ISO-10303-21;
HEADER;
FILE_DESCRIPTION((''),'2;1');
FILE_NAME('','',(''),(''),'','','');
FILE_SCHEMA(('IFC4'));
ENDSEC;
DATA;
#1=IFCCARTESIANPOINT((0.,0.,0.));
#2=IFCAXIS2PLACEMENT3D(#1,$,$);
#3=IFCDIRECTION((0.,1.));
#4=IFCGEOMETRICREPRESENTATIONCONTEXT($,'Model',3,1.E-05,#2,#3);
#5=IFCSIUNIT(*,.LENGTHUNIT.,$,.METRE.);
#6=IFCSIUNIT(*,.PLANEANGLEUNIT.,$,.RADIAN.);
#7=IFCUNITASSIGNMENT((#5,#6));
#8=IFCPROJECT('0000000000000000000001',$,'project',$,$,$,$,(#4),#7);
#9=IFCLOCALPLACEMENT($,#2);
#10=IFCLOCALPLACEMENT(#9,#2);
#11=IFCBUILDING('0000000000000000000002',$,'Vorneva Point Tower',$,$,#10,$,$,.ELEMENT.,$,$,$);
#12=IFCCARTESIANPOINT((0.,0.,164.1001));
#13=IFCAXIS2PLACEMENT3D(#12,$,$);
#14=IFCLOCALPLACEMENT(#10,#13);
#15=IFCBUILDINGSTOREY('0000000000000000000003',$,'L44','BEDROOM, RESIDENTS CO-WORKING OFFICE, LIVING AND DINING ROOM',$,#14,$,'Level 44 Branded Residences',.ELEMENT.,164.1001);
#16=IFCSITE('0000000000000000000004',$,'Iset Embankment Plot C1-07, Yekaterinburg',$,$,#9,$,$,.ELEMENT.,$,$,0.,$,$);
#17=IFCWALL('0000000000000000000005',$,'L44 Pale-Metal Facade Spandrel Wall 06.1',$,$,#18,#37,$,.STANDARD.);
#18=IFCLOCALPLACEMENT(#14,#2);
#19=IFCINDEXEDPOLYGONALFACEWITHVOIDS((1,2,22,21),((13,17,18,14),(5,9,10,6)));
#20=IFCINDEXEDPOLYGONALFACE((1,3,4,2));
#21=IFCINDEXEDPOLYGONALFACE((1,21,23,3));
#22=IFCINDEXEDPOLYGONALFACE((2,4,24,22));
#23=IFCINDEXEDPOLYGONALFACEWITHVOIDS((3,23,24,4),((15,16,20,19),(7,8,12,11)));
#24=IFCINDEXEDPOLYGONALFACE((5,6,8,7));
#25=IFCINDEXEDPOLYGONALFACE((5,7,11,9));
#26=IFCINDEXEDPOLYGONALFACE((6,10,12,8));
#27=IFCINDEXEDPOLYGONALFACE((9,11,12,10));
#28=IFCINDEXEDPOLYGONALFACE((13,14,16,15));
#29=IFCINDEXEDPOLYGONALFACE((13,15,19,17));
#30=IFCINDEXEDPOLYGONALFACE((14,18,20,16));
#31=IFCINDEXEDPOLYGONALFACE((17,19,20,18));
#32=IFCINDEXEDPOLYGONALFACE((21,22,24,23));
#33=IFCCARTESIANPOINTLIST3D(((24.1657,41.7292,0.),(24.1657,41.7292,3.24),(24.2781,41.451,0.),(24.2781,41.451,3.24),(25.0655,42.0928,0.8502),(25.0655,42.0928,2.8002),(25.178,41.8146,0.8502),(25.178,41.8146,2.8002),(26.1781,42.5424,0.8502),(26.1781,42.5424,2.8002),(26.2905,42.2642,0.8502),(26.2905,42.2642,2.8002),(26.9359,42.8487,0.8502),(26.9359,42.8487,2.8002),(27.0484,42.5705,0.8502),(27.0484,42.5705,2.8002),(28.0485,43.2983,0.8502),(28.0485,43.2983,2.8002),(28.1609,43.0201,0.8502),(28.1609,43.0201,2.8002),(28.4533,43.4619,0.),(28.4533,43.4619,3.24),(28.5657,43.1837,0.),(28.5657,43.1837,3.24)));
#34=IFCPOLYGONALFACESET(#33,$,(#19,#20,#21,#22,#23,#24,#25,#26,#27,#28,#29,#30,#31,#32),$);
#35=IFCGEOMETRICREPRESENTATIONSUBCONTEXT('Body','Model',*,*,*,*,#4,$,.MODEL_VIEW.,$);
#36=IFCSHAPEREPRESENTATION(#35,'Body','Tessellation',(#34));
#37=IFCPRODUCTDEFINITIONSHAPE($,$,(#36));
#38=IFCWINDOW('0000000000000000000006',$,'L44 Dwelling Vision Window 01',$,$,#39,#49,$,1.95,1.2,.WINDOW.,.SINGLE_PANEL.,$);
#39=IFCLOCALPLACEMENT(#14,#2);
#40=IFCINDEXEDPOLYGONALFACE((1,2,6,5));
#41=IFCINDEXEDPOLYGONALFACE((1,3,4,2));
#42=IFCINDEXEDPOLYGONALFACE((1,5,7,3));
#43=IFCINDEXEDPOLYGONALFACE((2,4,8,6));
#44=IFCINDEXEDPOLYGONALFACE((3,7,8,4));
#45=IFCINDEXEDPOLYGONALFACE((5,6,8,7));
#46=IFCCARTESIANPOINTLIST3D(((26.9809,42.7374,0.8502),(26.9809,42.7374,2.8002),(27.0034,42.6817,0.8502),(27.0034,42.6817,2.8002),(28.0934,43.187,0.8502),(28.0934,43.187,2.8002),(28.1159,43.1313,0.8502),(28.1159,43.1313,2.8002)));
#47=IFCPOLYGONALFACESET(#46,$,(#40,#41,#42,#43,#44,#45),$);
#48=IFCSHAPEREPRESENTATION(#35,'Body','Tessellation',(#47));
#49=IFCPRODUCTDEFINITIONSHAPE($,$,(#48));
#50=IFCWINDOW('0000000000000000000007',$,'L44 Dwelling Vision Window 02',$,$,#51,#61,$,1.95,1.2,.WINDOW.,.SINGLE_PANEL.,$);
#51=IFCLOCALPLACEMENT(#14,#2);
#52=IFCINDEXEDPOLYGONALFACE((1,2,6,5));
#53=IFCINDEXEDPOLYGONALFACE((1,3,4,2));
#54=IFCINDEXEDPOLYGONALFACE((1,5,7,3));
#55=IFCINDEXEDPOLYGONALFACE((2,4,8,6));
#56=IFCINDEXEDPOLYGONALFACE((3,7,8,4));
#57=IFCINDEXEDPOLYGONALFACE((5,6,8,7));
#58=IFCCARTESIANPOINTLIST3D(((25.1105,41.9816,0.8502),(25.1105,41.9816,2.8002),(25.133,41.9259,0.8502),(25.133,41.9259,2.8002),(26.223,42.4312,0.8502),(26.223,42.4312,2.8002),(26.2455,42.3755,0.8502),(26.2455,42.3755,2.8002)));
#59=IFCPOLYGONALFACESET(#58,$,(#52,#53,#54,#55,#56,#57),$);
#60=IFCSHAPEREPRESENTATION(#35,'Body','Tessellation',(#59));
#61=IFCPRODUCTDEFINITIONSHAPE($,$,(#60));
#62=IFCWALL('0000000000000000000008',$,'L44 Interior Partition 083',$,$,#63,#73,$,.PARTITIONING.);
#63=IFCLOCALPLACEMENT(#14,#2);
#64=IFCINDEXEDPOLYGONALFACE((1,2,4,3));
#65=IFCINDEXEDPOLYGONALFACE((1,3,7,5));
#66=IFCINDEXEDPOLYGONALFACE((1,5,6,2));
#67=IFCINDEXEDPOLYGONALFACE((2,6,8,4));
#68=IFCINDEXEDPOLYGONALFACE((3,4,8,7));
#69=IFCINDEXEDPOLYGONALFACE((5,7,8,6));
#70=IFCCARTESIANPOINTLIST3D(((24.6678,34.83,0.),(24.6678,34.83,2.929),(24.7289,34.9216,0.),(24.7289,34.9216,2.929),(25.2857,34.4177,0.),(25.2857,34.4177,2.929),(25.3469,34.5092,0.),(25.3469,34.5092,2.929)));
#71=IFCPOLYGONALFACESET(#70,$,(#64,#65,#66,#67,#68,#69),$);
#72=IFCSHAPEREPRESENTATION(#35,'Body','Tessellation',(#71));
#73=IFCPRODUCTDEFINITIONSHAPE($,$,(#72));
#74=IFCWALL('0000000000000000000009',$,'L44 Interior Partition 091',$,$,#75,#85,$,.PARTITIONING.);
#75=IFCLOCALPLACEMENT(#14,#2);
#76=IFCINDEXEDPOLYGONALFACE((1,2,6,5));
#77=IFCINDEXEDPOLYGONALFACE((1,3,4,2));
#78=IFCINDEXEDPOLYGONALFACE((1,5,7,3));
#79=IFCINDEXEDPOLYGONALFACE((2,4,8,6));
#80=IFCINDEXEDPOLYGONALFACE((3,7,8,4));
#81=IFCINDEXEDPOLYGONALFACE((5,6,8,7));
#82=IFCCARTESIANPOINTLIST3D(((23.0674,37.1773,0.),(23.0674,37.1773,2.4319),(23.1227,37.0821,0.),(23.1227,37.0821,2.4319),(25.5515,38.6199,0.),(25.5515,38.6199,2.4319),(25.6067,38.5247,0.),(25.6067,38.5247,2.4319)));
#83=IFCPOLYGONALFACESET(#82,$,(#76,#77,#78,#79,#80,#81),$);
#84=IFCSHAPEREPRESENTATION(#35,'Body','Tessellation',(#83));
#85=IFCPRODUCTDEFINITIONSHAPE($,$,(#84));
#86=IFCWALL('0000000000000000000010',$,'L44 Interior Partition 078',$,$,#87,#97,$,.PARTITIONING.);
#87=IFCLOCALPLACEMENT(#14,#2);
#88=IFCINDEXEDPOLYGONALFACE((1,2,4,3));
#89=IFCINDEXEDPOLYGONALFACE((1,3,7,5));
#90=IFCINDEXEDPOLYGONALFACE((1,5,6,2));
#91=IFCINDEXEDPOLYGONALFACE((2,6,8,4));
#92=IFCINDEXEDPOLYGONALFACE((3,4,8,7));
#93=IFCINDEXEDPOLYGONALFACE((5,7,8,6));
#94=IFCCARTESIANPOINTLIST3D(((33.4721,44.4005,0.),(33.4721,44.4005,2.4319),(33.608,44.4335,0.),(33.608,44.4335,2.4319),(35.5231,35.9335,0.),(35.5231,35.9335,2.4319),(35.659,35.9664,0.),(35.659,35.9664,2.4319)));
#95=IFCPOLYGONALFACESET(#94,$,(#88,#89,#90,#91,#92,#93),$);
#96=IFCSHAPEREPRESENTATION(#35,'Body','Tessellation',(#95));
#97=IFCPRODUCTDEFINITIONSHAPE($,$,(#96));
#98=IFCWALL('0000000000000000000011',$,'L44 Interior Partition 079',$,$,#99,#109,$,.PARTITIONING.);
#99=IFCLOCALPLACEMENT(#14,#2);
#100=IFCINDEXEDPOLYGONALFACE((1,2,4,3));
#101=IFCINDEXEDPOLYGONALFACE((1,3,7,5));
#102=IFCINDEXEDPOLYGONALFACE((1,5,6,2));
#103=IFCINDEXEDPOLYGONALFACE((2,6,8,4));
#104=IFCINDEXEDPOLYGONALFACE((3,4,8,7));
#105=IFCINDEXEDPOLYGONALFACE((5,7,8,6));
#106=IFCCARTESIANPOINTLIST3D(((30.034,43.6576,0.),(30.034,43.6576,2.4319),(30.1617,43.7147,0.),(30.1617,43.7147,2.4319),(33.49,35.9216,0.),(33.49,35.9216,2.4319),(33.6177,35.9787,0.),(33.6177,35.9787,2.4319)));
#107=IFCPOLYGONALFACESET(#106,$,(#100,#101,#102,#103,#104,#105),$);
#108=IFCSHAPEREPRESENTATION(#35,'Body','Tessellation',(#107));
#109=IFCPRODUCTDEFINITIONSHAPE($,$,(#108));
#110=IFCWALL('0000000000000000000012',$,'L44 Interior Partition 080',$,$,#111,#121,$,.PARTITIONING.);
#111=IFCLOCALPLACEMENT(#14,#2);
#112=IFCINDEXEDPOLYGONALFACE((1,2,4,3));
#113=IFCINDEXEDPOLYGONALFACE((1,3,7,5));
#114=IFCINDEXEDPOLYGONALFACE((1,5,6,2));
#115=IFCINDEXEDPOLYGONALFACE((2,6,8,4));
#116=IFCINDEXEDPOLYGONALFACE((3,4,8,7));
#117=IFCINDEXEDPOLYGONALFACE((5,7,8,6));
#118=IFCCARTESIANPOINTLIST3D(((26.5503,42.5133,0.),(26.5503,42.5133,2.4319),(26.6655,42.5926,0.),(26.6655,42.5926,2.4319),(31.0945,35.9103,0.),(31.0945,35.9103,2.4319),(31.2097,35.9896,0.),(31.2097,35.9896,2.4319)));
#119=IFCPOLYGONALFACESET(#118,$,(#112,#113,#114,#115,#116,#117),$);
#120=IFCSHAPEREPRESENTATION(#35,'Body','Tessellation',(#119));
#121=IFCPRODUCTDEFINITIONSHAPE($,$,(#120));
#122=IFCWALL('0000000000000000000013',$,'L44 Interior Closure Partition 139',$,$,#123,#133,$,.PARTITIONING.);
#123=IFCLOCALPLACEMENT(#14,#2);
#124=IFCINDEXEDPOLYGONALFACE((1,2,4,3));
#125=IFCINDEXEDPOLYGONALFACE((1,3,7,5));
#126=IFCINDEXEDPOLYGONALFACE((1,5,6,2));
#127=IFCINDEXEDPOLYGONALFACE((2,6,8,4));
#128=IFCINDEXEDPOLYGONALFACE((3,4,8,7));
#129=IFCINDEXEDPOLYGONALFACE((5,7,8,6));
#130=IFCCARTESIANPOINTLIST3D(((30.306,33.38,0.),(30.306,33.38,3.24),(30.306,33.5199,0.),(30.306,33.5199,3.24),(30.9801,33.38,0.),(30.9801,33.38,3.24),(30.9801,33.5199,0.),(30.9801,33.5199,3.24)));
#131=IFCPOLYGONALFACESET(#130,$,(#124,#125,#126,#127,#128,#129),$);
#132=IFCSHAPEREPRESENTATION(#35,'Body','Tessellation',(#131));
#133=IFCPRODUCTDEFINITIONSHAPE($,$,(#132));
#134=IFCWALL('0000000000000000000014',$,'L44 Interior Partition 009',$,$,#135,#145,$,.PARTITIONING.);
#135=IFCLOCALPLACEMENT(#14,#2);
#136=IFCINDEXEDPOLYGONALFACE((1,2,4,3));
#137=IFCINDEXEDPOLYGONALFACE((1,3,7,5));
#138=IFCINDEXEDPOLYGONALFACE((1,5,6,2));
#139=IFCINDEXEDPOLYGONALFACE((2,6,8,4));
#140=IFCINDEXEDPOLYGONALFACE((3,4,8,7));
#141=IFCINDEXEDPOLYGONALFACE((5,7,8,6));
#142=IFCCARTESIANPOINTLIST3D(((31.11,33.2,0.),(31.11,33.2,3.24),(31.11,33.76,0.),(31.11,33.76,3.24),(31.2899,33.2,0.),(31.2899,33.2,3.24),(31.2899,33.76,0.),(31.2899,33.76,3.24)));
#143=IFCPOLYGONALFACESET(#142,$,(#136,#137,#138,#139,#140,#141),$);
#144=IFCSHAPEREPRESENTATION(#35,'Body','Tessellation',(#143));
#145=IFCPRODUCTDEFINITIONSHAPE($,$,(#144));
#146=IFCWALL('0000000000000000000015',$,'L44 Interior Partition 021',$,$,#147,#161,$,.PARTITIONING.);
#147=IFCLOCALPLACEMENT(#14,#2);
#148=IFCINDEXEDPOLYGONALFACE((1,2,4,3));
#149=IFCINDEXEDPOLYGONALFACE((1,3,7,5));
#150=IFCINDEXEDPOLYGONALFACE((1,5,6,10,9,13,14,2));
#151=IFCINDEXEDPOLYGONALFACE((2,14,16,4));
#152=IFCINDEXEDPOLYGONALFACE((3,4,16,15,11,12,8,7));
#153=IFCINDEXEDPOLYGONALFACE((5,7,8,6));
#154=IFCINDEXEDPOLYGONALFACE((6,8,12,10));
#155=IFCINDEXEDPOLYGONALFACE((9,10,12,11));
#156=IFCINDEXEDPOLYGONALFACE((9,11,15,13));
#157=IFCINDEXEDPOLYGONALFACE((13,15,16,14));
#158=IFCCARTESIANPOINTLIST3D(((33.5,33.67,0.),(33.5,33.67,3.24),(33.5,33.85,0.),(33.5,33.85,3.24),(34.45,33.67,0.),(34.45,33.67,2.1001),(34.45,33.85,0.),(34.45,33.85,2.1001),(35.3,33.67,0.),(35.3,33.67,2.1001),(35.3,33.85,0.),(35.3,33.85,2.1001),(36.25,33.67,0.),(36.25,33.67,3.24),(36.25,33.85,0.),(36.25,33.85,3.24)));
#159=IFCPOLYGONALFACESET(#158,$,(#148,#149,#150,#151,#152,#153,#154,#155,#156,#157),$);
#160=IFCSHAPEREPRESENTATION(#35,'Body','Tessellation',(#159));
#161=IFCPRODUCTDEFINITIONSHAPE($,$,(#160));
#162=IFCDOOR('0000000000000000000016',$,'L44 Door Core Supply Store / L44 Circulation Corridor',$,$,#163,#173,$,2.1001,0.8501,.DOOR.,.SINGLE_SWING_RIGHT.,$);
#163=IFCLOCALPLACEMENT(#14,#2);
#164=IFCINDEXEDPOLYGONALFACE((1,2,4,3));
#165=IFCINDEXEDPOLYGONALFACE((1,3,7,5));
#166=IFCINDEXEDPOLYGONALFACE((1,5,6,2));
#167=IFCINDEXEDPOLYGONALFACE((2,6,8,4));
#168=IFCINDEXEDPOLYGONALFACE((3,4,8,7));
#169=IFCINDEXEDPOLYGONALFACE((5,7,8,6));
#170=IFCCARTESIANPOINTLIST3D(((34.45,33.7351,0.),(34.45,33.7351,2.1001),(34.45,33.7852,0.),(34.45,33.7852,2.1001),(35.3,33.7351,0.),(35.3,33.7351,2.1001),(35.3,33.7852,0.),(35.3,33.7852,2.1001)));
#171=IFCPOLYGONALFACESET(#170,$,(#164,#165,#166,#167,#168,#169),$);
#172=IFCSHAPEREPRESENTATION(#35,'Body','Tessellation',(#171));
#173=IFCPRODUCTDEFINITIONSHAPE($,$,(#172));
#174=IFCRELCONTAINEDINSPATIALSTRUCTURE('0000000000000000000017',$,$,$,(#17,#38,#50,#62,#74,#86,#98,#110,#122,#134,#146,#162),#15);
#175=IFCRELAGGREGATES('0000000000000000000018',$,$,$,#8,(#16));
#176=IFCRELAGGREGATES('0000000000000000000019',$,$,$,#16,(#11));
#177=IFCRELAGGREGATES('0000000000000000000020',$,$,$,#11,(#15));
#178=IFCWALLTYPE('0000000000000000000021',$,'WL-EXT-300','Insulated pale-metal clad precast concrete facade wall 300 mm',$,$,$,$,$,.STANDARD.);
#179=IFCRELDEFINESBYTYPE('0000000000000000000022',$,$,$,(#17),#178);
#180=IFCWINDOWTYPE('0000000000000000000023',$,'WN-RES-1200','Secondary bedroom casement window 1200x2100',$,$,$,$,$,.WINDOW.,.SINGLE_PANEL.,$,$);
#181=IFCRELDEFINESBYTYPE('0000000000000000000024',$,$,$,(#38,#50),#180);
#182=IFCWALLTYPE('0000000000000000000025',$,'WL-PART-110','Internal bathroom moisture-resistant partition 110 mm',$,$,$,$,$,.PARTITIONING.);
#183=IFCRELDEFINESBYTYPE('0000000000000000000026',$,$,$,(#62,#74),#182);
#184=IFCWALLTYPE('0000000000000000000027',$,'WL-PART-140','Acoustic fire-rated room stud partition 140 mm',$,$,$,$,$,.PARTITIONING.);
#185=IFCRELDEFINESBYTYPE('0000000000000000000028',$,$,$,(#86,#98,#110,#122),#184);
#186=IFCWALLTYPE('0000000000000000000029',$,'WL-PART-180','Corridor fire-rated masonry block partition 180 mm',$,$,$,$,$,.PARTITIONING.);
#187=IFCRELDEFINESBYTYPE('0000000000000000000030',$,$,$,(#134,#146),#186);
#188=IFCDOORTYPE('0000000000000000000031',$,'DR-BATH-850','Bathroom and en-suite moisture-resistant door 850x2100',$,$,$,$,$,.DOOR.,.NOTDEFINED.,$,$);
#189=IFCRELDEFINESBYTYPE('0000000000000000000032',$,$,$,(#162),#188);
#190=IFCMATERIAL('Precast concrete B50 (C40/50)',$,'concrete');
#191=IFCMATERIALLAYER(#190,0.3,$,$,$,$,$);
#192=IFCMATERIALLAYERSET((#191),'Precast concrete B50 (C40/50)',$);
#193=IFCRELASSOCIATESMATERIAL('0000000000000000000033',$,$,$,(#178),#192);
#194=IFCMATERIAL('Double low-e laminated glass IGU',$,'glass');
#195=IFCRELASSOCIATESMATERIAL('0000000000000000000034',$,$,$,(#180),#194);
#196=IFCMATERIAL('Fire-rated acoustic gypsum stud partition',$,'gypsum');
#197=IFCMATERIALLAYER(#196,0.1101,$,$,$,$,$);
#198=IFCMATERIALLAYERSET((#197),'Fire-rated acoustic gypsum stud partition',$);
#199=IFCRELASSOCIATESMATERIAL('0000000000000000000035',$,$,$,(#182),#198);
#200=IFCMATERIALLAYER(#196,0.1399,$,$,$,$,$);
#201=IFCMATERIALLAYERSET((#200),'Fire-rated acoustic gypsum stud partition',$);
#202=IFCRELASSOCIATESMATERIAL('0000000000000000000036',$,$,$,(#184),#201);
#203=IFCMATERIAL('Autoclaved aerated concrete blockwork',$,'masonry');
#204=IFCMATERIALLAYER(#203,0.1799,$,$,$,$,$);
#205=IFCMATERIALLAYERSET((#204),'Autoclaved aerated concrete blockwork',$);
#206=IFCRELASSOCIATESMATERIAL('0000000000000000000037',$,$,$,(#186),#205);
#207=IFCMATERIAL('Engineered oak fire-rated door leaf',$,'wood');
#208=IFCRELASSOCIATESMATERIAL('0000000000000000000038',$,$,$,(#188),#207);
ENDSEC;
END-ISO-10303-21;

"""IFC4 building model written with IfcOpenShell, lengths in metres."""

from ifc_helpers import new_model, si_unit, direction, frame, frame_2d, origin, place, context, subcontext, project, spatial, rectangle, extrude, material, layer, layer_set, type_object, element, fill, save


model = new_model("IFC4")

# Units and contexts
model_context = context("Model", 3, precision=1e-05, world=origin(), true_north=direction((0.0, 1.0)))
body_context = subcontext(model_context, "Body", "Model", "MODEL_VIEW")
ifc_project = project(units=[si_unit("LENGTHUNIT", "METRE"), si_unit("PLANEANGLEUNIT", "RADIAN")], contexts=[model_context])

# Site, building, storey
site_placement = place(None, origin())
site = spatial("IfcSite", under=ifc_project, at=site_placement, Name="Iset Embankment Plot C1-07, Yekaterinburg", CompositionType="ELEMENT", RefElevation=0.0)
building_placement = place(site_placement, origin())
building = spatial("IfcBuilding", under=site, at=building_placement, Name="Vorneva Point Tower", CompositionType="ELEMENT")
storey_placement = place(building_placement, frame((0.0, 0.0, 164.1001)))
storey = spatial("IfcBuildingStorey", under=building, at=storey_placement, Name="L44", Description="BEDROOM, RESIDENTS CO-WORKING OFFICE, LIVING AND DINING ROOM", LongName="Level 44 Branded Residences", CompositionType="ELEMENT", Elevation=164.1001)

# Shared definitions
ifc_material_1 = material(Name="Double low-e laminated glass IGU", Category="glass")

# Wall, openings, windows
ifc_material_2 = material(Name="Precast concrete B50 (C40/50)", Category="concrete")
ifc_layer_1 = layer(ifc_material_2, 0.3)
ifc_layer_set_1 = layer_set([ifc_layer_1], Name="Precast concrete B50 (C40/50)")
wall_type_1 = type_object("IfcWallType", Name="WL-EXT-300", Description="Insulated pale-metal clad precast concrete facade wall 300 mm", PredefinedType="STANDARD", material=ifc_layer_set_1)
wall_1_placement = place(storey_placement, frame((28.5095, 43.3228, 0.0), z_axis=(0.0, 0.0, 1.0), x_axis=(-0.927157, -0.374674, 0.0)))
wall_1 = element("IfcWall", 1, at=wall_1_placement, inside=storey, type_object=wall_type_1, Name="L44 Pale-Metal Facade Spandrel Wall 06.1", PredefinedType="STANDARD", context=body_context, shape_type="SweptSolid", body=[
    extrude(rectangle(XDim=4.6245, YDim=0.3, at=frame_2d((2.3123, 0.0))), origin(), (0.0, 0.0, 1.0), 3.24),
])
opening_1_placement = place(wall_1_placement, frame((0.4365, 0.0, 0.8501)))
opening_1 = element("IfcOpeningElement", 2, at=opening_1_placement, cuts=wall_1, PredefinedType="OPENING", context=body_context, shape_type="SweptSolid", body=[
    extrude(rectangle(XDim=1.2, YDim=1.95, at=frame_2d((0.6001, 0.9751))), frame((0.0, 0.165, 0.0), z_axis=(0.0, -1.0, 0.0), x_axis=(1.0, 0.0, 0.0)), (0.0, 0.0, 1.0), 0.3298),
])
opening_2_placement = place(wall_1_placement, frame((2.4539, 0.0, 0.8501)))
opening_2 = element("IfcOpeningElement", 3, at=opening_2_placement, cuts=wall_1, PredefinedType="OPENING", context=body_context, shape_type="SweptSolid", body=[
    extrude(rectangle(XDim=1.2, YDim=1.95, at=frame_2d((0.6001, 0.9751))), frame((0.0, 0.165, 0.0), z_axis=(0.0, -1.0, 0.0), x_axis=(1.0, 0.0, 0.0)), (0.0, 0.0, 1.0), 0.3298),
])
window_type = type_object("IfcWindowType", Name="WN-RES-1200", Description="Secondary bedroom casement window 1200x2100", PartitioningType="SINGLE_PANEL", PredefinedType="WINDOW", material=ifc_material_1)
window_1_placement = place(opening_1_placement, origin())
window_1 = element("IfcWindow", 4, at=window_1_placement, inside=storey, type_object=window_type, Name="L44 Dwelling Vision Window 01", OverallHeight=1.95, OverallWidth=1.2, PartitioningType="SINGLE_PANEL", PredefinedType="WINDOW", context=body_context, shape_type="SweptSolid", body=[
    extrude(rectangle(XDim=1.2, YDim=1.95, at=frame_2d((0.6001, 0.9751))), frame((0.0, 0.03, 0.0), z_axis=(0.0, -1.0, 0.0), x_axis=(1.0, 0.0, 0.0)), (0.0, 0.0, 1.0), 0.0601),
])
fill(opening_1, window_1)
window_2_placement = place(opening_2_placement, origin())
window_2 = element("IfcWindow", 5, at=window_2_placement, inside=storey, type_object=window_type, Name="L44 Dwelling Vision Window 02", OverallHeight=1.95, OverallWidth=1.2, PartitioningType="SINGLE_PANEL", PredefinedType="WINDOW", context=body_context, shape_type="SweptSolid", body=[
    extrude(rectangle(XDim=1.2, YDim=1.95, at=frame_2d((0.6001, 0.9751))), frame((0.0, 0.03, 0.0), z_axis=(0.0, -1.0, 0.0), x_axis=(1.0, 0.0, 0.0)), (0.0, 0.0, 1.0), 0.0601),
])
fill(opening_2, window_2)

# Walls
ifc_material_3 = material(Name="Fire-rated acoustic gypsum stud partition", Category="gypsum")
ifc_layer_2 = layer(ifc_material_3, 0.1101)
ifc_layer_set_2 = layer_set([ifc_layer_2], Name="Fire-rated acoustic gypsum stud partition")
wall_type_2 = type_object("IfcWallType", Name="WL-PART-110", Description="Internal bathroom moisture-resistant partition 110 mm", PredefinedType="PARTITIONING", material=ifc_layer_set_2)
wall_2_placement = place(storey_placement, frame((25.3164, 34.4634, 0.0), z_axis=(0.0, 0.0, 1.0), x_axis=(-0.831797, 0.555079, 0.0)))
element("IfcWall", 6, at=wall_2_placement, inside=storey, type_object=wall_type_2, Name="L44 Interior Partition 083", PredefinedType="PARTITIONING", context=body_context, shape_type="SweptSolid", body=[
    extrude(rectangle(XDim=0.7429, YDim=0.1101, at=frame_2d((0.3716, 0.0))), origin(), (0.0, 0.0, 1.0), 2.929),
])
wall_3_placement = place(storey_placement, frame((25.5791, 38.5723, 0.0), z_axis=(0.0, 0.0, 1.0), x_axis=(-0.864754, -0.502195, 0.0)))
element("IfcWall", 7, at=wall_3_placement, inside=storey, type_object=wall_type_2, Name="L44 Interior Partition 091", PredefinedType="PARTITIONING", context=body_context, shape_type="SweptSolid", body=[
    extrude(rectangle(XDim=2.8726, YDim=0.1101, at=frame_2d((1.4363, 0.0))), origin(), (0.0, 0.0, 1.0), 2.4319),
])
ifc_layer_3 = layer(ifc_material_3, 0.1399)
ifc_layer_set_3 = layer_set([ifc_layer_3], Name="Fire-rated acoustic gypsum stud partition")
wall_type_3 = type_object("IfcWallType", Name="WL-PART-140", Description="Acoustic fire-rated room stud partition 140 mm", PredefinedType="PARTITIONING", material=ifc_layer_set_3)
wall_4_placement = place(storey_placement, frame((33.54, 44.417, 0.0), z_axis=(0.0, 0.0, 1.0), x_axis=(0.235428, -0.971892, 0.0)))
element("IfcWall", 8, at=wall_4_placement, inside=storey, type_object=wall_type_3, Name="L44 Interior Partition 078", PredefinedType="PARTITIONING", context=body_context, shape_type="SweptSolid", body=[
    extrude(rectangle(XDim=8.7119, YDim=0.1399, at=frame_2d((4.356, 0.0))), origin(), (0.0, 0.0, 1.0), 2.4319),
])
wall_5_placement = place(storey_placement, frame((30.0979, 43.686, 0.0), z_axis=(0.0, 0.0, 1.0), x_axis=(0.407892, -0.91303, 0.0)))
element("IfcWall", 9, at=wall_5_placement, inside=storey, type_object=wall_type_3, Name="L44 Interior Partition 079", PredefinedType="PARTITIONING", context=body_context, shape_type="SweptSolid", body=[
    extrude(rectangle(XDim=8.4729, YDim=0.1399, at=frame_2d((4.2363, 0.0))), origin(), (0.0, 0.0, 1.0), 2.4319),
])
wall_6_placement = place(storey_placement, frame((26.6079, 42.553, 0.0), z_axis=(0.0, 0.0, 1.0), x_axis=(0.566919, -0.823773, 0.0)))
element("IfcWall", 10, at=wall_6_placement, inside=storey, type_object=wall_type_3, Name="L44 Interior Partition 080", PredefinedType="PARTITIONING", context=body_context, shape_type="SweptSolid", body=[
    extrude(rectangle(XDim=8.0156, YDim=0.1399, at=frame_2d((4.0078, 0.0))), origin(), (0.0, 0.0, 1.0), 2.4319),
])
wall_7_placement = place(storey_placement, frame((30.98, 33.45, 0.0), z_axis=(0.0, 0.0, 1.0), x_axis=(-1.0, 0.0, 0.0)))
element("IfcWall", 11, at=wall_7_placement, inside=storey, type_object=wall_type_3, Name="L44 Interior Closure Partition 139", PredefinedType="PARTITIONING", context=body_context, shape_type="SweptSolid", body=[
    extrude(rectangle(XDim=0.6741, YDim=0.1399, at=frame_2d((0.3369, 0.0))), origin(), (0.0, 0.0, 1.0), 3.24),
])

# Shared definitions
ifc_material_4 = material(Name="Autoclaved aerated concrete blockwork", Category="masonry")
ifc_layer_4 = layer(ifc_material_4, 0.1799)
ifc_layer_set_4 = layer_set([ifc_layer_4], Name="Autoclaved aerated concrete blockwork")
wall_type_4 = type_object("IfcWallType", Name="WL-PART-180", Description="Corridor fire-rated masonry block partition 180 mm", PredefinedType="PARTITIONING", material=ifc_layer_set_4)

# Wall
wall_8_placement = place(storey_placement, frame((31.2, 33.76, 0.0), z_axis=(0.0, 0.0, 1.0), x_axis=(0.0, -1.0, 0.0)))
element("IfcWall", 12, at=wall_8_placement, inside=storey, type_object=wall_type_4, Name="L44 Interior Partition 009", PredefinedType="PARTITIONING", context=body_context, shape_type="SweptSolid", body=[
    extrude(rectangle(XDim=0.5601, YDim=0.1799, at=frame_2d((0.28, 0.0))), origin(), (0.0, 0.0, 1.0), 3.24),
])

# Wall, opening, door
wall_9_placement = place(storey_placement, frame((36.25, 33.76, 0.0), z_axis=(0.0, 0.0, 1.0), x_axis=(-1.0, 0.0, 0.0)))
wall_9 = element("IfcWall", 13, at=wall_9_placement, inside=storey, type_object=wall_type_4, Name="L44 Interior Partition 021", PredefinedType="PARTITIONING", context=body_context, shape_type="SweptSolid", body=[
    extrude(rectangle(XDim=2.75, YDim=0.1799, at=frame_2d((1.375, 0.0))), origin(), (0.0, 0.0, 1.0), 3.24),
])
opening_3_placement = place(wall_9_placement, frame((0.95, 0.0, 0.0)))
opening_3 = element("IfcOpeningElement", 14, at=opening_3_placement, cuts=wall_9, PredefinedType="OPENING", context=body_context, shape_type="SweptSolid", body=[
    extrude(rectangle(XDim=0.8501, YDim=2.1001, at=frame_2d((0.425, 1.05))), frame((0.0, 0.105, 0.0), z_axis=(0.0, -1.0, 0.0), x_axis=(1.0, 0.0, 0.0)), (0.0, 0.0, 1.0), 0.2097),
])
ifc_material_5 = material(Name="Engineered oak fire-rated door leaf", Category="wood")
door_type_1 = type_object("IfcDoorType", Name="DR-BATH-850", Description="Bathroom and en-suite moisture-resistant door 850x2100", OperationType="NOTDEFINED", PredefinedType="DOOR", material=ifc_material_5)
door_1_placement = place(opening_3_placement, origin())
door_1 = element("IfcDoor", 15, at=door_1_placement, inside=storey, type_object=door_type_1, Name="L44 Door Core Supply Store / L44 Circulation Corridor", OperationType="SINGLE_SWING_RIGHT", OverallHeight=2.1001, OverallWidth=0.8501, PredefinedType="DOOR", context=body_context, shape_type="SweptSolid", body=[
    extrude(rectangle(XDim=0.8501, YDim=2.1001, at=frame_2d((0.425, 1.05))), frame((0.0, 0.0249, 0.0), z_axis=(0.0, -1.0, 0.0), x_axis=(1.0, 0.0, 0.0)), (0.0, 0.0, 1.0), 0.05),
])
fill(opening_3, door_1)

save(model, "model.ifc")
